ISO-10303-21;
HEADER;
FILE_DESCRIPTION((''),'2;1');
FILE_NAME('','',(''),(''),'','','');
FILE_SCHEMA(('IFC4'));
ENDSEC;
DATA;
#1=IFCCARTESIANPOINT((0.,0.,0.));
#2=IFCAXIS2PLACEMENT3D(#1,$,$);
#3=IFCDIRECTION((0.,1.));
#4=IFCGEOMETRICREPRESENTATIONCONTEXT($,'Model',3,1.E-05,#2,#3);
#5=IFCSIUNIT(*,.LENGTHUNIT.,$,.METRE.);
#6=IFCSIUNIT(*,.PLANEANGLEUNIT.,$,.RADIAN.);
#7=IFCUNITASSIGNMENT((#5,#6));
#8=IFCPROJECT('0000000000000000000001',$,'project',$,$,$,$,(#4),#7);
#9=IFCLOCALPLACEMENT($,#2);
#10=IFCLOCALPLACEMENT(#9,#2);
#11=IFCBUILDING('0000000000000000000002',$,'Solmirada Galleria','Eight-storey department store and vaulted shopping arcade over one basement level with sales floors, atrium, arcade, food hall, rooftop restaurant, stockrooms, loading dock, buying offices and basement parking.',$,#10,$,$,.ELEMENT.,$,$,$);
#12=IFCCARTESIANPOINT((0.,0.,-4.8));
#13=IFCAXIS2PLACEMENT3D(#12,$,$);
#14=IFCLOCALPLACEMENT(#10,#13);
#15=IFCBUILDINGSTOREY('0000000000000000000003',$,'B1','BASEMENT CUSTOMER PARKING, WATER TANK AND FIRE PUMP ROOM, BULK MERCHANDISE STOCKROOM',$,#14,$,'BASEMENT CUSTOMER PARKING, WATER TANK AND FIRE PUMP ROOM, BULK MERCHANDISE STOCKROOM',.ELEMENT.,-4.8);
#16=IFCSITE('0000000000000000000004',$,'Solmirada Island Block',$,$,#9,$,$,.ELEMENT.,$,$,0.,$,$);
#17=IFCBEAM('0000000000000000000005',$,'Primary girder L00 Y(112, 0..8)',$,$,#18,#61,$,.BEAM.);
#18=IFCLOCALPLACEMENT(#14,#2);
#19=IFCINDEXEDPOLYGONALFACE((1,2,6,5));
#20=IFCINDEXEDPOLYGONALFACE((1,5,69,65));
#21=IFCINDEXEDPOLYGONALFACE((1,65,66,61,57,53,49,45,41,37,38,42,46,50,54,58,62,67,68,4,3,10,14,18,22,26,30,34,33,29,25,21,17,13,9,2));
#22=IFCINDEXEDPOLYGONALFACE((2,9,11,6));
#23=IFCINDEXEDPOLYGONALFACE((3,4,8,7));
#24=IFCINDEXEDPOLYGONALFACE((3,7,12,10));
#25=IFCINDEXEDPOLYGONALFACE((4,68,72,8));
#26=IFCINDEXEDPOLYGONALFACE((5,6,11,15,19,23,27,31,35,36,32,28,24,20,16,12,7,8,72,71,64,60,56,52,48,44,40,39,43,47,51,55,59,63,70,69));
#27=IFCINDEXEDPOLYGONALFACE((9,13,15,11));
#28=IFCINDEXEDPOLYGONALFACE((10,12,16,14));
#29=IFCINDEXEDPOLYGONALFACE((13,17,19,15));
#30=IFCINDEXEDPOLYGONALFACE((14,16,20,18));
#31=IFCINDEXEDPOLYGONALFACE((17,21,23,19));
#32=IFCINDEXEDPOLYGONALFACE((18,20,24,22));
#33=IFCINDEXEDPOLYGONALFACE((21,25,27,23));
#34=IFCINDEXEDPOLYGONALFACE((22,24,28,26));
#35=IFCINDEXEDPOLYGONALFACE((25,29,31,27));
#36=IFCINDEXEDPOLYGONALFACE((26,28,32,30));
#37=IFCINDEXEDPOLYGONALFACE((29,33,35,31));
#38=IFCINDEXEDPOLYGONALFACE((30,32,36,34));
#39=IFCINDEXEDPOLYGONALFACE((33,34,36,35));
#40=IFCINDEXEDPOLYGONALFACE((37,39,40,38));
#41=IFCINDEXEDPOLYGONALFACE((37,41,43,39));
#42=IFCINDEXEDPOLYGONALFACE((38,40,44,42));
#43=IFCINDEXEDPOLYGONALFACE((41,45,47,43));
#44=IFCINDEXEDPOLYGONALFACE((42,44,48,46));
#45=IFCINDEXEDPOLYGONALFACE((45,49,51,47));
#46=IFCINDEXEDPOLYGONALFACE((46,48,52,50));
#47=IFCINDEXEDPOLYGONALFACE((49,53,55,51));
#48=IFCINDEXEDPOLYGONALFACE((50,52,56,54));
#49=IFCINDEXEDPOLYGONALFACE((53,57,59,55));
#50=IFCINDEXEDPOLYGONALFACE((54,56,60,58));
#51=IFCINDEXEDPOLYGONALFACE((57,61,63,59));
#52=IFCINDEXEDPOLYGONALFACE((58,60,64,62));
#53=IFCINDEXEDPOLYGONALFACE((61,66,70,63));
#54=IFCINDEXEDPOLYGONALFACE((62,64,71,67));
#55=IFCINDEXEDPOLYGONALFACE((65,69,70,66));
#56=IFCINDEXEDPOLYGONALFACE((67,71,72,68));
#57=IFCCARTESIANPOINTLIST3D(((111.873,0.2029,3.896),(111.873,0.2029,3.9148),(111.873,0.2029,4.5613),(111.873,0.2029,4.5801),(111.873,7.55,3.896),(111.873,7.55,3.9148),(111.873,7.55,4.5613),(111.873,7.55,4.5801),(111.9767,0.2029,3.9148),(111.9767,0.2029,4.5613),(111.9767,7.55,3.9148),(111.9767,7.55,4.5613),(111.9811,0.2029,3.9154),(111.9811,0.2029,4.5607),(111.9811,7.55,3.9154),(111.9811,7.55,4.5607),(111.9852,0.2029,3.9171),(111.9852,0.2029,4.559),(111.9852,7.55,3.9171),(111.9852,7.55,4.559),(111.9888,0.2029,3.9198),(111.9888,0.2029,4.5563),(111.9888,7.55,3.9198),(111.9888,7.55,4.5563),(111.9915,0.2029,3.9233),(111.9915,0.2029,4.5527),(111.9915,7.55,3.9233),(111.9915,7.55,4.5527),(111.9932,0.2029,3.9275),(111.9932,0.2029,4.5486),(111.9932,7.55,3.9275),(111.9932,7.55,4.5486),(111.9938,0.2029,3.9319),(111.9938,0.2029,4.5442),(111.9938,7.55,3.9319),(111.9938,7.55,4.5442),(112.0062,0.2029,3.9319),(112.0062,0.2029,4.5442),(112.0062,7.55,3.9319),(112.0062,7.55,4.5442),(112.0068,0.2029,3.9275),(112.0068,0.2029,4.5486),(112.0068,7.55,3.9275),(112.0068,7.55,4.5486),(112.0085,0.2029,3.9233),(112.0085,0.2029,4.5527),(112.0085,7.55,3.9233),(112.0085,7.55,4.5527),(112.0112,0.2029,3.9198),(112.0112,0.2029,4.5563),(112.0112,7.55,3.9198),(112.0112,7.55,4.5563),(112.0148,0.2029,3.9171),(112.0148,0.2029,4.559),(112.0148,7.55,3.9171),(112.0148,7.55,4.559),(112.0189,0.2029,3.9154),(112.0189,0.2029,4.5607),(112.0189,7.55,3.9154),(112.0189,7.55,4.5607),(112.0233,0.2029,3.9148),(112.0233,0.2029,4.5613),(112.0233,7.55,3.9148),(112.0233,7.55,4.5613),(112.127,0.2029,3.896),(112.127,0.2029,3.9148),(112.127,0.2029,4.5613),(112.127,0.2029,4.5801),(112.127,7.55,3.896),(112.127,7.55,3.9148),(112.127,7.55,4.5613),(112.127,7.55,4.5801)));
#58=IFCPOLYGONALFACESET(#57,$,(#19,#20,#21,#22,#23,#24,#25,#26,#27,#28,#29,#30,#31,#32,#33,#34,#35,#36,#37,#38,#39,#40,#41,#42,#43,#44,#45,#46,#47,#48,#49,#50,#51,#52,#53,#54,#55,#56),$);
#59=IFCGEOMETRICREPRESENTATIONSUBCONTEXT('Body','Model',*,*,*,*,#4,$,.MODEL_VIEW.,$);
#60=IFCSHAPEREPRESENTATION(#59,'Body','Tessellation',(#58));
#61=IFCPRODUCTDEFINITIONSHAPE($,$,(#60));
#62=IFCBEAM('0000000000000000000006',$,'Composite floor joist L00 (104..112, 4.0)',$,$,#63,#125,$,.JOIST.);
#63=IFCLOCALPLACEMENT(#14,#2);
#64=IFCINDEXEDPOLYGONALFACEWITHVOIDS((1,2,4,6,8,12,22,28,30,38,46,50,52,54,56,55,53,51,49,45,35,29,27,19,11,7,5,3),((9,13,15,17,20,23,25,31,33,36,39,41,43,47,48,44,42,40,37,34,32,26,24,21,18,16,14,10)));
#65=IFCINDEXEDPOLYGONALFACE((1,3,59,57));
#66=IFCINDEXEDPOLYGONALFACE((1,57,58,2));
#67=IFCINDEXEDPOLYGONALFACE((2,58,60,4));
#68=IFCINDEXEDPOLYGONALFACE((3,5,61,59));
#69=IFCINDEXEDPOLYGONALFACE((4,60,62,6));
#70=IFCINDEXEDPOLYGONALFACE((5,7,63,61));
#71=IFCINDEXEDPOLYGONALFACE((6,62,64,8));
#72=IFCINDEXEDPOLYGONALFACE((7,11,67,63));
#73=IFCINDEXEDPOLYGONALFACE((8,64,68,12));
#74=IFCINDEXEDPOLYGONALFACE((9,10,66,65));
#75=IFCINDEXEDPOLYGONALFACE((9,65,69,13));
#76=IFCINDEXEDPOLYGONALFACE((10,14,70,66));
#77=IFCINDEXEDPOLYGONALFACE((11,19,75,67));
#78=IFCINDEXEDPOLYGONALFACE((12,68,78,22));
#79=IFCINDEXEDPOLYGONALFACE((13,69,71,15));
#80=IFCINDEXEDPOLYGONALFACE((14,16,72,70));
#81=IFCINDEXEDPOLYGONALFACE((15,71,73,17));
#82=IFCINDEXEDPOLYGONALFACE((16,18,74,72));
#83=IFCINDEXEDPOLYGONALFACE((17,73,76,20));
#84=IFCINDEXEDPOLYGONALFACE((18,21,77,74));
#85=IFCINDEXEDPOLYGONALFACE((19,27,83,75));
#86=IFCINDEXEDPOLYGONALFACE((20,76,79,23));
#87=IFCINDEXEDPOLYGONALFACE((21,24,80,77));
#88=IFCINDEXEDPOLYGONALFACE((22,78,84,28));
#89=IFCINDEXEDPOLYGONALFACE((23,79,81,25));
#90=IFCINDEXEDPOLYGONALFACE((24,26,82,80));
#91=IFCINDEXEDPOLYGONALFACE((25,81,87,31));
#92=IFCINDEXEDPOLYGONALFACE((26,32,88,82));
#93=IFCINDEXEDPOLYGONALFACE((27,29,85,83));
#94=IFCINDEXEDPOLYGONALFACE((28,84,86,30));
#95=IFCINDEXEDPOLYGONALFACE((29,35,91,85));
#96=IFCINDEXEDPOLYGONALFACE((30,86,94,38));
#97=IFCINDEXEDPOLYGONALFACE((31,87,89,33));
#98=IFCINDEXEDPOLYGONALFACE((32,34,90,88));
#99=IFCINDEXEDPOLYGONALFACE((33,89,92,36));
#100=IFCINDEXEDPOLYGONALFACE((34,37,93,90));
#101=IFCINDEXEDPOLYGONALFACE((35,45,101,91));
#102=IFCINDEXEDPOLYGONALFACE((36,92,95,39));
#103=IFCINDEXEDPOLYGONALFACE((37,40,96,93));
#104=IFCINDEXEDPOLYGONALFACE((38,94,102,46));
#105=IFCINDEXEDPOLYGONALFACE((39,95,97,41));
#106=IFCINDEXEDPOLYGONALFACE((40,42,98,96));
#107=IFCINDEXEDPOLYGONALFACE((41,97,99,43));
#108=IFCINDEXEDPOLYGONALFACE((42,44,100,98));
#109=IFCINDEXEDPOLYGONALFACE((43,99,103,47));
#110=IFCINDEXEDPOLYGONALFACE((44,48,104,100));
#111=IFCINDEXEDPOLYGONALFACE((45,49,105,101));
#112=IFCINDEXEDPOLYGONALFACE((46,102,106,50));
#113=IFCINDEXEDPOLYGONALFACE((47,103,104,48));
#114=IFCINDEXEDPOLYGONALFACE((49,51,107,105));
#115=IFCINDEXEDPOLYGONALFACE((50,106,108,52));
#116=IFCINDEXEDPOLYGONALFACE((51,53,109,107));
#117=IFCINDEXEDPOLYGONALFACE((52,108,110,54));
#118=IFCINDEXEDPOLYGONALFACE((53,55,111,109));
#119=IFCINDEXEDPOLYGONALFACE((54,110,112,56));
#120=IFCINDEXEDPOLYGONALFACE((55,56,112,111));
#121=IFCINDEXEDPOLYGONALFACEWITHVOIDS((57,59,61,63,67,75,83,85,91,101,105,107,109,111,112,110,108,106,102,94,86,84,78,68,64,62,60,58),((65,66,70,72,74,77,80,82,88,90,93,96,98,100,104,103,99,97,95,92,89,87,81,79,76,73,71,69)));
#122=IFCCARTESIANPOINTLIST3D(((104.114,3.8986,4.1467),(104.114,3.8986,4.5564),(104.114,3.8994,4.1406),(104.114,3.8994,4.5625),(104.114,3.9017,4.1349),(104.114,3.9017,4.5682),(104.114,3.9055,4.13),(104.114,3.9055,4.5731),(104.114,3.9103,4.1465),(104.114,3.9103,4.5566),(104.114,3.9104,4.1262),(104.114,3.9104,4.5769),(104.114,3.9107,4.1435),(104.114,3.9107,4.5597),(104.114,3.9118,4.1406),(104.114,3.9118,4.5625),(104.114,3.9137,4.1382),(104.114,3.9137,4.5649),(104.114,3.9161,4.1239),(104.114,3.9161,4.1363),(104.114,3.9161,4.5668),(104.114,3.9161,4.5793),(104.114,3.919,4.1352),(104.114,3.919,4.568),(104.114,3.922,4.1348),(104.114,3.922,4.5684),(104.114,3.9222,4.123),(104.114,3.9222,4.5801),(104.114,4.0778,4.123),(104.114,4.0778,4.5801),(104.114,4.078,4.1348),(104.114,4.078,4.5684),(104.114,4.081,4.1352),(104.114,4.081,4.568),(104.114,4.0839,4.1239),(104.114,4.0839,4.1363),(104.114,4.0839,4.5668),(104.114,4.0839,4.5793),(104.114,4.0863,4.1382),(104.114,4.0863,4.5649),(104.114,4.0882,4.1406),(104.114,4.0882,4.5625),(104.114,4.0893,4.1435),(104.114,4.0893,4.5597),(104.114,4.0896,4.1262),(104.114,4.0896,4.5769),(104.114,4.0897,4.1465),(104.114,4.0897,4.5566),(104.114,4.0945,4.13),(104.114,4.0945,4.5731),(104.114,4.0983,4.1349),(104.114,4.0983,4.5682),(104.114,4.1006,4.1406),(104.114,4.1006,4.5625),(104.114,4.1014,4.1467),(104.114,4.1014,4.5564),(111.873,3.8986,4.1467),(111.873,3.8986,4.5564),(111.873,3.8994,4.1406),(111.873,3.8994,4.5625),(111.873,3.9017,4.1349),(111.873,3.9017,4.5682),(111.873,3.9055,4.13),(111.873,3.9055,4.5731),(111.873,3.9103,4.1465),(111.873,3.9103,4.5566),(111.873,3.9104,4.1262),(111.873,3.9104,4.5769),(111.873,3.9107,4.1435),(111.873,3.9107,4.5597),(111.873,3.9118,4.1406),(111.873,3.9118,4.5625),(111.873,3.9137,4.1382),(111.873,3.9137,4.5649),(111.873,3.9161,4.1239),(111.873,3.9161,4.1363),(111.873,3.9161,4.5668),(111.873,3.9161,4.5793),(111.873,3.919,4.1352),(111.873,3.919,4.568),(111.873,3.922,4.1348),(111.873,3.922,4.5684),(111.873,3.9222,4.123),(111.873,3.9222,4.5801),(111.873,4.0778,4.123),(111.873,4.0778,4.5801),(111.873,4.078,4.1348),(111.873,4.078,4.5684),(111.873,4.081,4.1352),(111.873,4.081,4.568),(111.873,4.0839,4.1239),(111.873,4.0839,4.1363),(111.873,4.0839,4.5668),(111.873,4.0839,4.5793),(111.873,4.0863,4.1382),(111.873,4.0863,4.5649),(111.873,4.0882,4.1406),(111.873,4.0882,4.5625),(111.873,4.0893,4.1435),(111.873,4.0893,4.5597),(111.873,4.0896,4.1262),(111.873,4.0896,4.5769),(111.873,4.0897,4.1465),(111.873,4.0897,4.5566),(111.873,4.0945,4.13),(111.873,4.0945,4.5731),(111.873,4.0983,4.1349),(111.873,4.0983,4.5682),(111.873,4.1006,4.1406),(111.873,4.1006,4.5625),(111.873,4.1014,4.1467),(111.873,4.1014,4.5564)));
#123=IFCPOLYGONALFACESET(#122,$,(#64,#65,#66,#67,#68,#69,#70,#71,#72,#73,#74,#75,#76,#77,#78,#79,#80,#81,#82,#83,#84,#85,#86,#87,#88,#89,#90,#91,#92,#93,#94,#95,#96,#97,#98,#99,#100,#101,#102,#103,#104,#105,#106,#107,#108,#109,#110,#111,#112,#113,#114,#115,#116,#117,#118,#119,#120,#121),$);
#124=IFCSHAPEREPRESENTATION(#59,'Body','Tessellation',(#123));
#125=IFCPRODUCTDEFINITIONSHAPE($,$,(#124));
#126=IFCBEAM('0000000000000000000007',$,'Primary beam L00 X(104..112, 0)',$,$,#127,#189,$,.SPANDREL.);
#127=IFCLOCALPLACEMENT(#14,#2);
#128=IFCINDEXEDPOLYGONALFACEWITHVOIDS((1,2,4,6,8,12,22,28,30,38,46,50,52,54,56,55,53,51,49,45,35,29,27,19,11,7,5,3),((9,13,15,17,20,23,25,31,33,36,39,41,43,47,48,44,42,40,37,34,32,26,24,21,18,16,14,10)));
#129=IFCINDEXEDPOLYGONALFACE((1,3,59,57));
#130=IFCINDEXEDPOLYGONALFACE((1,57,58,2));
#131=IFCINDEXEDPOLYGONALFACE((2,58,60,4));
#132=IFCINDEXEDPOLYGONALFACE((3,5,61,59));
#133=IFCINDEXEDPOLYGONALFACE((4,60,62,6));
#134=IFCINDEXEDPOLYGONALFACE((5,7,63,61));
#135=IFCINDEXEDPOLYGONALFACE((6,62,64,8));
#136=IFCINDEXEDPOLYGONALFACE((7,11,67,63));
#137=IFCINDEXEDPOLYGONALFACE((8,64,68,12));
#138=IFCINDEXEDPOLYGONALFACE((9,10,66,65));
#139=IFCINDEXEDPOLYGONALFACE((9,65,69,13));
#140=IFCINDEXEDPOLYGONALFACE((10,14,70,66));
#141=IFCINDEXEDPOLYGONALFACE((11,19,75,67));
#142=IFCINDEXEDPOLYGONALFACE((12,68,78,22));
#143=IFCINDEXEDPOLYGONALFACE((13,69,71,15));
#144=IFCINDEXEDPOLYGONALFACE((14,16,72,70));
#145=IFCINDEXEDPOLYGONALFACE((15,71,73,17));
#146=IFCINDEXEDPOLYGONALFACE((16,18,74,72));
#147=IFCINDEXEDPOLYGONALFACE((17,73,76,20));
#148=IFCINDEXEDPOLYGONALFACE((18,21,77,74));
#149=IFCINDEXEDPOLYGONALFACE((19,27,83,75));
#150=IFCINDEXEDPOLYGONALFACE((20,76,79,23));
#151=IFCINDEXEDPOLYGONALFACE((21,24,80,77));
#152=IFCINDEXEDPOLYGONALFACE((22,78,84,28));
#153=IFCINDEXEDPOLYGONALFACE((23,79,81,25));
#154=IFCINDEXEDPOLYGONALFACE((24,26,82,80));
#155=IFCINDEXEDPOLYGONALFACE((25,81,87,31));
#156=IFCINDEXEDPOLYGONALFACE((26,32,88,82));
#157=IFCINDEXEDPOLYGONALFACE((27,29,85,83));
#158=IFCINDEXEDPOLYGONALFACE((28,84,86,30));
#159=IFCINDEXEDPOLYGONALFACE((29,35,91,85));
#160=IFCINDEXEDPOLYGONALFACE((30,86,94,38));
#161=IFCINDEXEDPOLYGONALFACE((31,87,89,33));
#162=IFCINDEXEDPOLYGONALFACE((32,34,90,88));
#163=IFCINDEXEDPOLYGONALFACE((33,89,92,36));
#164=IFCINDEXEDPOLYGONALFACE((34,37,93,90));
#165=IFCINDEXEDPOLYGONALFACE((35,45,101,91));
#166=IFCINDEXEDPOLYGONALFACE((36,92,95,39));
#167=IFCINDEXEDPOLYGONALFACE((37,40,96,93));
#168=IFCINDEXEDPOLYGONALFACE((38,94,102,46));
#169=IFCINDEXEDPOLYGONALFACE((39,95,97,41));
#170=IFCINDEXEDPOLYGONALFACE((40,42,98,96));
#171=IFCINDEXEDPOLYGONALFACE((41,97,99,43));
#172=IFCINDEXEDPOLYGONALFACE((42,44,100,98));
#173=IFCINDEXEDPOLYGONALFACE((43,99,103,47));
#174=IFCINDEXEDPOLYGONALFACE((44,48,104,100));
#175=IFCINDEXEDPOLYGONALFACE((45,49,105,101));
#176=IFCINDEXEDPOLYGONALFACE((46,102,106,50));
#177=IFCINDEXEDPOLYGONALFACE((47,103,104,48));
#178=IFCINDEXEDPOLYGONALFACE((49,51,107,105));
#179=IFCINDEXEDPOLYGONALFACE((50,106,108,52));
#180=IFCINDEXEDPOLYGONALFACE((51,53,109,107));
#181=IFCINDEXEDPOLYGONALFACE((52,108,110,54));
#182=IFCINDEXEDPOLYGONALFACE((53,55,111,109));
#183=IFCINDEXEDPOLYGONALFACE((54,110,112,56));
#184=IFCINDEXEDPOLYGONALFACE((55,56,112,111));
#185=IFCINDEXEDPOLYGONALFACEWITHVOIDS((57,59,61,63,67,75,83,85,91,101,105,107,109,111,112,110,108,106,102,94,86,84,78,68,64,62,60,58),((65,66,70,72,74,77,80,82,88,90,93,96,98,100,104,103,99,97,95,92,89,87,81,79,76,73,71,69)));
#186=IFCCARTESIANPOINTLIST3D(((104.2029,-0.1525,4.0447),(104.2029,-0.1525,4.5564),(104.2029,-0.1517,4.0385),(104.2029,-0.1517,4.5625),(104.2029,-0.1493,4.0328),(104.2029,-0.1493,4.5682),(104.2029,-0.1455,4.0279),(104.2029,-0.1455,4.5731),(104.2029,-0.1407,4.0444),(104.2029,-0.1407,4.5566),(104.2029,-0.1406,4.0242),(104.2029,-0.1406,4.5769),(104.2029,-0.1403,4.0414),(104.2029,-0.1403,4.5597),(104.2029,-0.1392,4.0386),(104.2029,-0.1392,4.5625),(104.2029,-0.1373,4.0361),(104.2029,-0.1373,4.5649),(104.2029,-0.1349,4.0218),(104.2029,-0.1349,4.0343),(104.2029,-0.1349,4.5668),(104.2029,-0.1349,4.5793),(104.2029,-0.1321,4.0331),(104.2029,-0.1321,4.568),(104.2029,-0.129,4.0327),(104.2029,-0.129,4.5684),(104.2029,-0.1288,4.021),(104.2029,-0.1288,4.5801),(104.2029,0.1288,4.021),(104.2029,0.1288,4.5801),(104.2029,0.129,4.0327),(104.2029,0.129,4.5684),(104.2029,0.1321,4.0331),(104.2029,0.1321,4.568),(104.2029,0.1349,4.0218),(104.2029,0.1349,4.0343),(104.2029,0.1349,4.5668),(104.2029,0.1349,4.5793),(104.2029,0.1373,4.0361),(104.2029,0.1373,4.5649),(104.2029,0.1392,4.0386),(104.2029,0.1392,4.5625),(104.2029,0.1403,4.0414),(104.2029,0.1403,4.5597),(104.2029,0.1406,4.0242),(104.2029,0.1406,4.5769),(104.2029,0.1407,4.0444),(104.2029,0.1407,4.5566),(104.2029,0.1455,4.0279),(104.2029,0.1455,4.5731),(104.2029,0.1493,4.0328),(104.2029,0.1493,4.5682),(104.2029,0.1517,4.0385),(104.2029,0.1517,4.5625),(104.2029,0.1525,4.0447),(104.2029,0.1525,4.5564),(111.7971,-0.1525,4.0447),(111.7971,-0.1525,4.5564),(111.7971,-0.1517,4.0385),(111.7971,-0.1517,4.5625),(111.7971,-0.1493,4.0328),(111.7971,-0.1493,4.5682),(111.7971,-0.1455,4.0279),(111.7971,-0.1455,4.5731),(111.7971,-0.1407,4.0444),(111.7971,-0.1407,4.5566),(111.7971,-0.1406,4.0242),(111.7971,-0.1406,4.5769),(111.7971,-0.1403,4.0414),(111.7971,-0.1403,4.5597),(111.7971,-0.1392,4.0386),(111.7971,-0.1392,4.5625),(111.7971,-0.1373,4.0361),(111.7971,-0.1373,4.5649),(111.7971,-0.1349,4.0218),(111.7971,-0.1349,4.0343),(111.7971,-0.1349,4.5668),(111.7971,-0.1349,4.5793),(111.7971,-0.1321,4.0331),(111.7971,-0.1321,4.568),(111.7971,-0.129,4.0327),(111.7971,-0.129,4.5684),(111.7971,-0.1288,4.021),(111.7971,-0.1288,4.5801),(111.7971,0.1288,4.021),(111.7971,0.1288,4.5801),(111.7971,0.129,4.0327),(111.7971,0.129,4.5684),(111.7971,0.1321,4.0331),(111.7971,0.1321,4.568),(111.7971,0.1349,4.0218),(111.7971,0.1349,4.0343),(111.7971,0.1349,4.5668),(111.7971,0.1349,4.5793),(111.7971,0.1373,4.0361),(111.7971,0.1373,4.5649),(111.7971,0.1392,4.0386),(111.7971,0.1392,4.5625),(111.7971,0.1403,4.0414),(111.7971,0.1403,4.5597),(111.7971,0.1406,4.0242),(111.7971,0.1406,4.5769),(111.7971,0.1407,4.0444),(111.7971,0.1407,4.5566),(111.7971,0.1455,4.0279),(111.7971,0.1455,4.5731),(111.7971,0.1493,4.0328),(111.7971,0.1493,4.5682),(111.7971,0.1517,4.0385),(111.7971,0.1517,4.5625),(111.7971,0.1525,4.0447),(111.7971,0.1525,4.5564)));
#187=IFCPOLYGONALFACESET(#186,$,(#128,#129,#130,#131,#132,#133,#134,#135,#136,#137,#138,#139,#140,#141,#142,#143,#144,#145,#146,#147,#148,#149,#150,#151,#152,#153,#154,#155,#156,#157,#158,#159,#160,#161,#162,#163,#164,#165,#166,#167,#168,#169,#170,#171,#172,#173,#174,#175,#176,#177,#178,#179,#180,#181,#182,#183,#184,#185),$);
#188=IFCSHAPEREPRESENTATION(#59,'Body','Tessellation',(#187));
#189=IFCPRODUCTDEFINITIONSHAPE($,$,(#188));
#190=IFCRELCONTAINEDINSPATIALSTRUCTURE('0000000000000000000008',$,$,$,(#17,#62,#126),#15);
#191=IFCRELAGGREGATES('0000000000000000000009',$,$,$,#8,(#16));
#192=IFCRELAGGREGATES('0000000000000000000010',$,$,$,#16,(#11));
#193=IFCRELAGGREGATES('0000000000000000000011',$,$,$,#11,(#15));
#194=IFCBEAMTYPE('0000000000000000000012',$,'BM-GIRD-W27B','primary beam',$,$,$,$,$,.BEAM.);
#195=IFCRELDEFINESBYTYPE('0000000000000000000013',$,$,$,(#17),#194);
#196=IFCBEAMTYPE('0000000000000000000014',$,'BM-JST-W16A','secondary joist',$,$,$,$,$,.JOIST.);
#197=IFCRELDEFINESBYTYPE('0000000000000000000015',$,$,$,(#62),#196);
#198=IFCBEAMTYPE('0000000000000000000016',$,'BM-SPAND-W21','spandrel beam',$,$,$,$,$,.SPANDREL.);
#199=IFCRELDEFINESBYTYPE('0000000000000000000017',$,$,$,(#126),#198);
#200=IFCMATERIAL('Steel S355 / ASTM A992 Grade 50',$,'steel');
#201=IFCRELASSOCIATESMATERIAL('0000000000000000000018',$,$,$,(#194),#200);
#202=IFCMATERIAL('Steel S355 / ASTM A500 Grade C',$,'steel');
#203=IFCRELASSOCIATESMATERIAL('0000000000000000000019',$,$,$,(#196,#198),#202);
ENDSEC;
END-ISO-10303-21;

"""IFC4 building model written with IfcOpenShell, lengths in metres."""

from ifc_helpers import new_model, si_unit, direction, frame, origin, origin_2d, place, context, subcontext, project, spatial, hollow_rectangle, i_section, extrude, material, material_profile, profile_set, type_object, element, save


model = new_model("IFC4")

# Units and contexts
model_context = context("Model", 3, precision=1e-05, world=origin(), true_north=direction((0.0, 1.0)))
body_context = subcontext(model_context, "Body", "Model", "MODEL_VIEW")
ifc_project = project(units=[si_unit("LENGTHUNIT", "METRE"), si_unit("PLANEANGLEUNIT", "RADIAN")], contexts=[model_context])

# Site, building, storey
site_placement = place(None, origin())
site = spatial("IfcSite", under=ifc_project, at=site_placement, Name="Solmirada Island Block", CompositionType="ELEMENT", RefElevation=0.0)
building_placement = place(site_placement, origin())
building = spatial("IfcBuilding", under=site, at=building_placement, Name="Solmirada Galleria", Description="Eight-storey department store and vaulted shopping arcade over one basement level with sales floors, atrium, arcade, food hall, rooftop restaurant, stockrooms, loading dock, buying offices and basement parking.", CompositionType="ELEMENT")
storey_placement = place(building_placement, frame((0.0, 0.0, -4.8)))
storey = spatial("IfcBuildingStorey", under=building, at=storey_placement, Name="B1", Description="BASEMENT CUSTOMER PARKING, WATER TANK AND FIRE PUMP ROOM, BULK MERCHANDISE STOCKROOM", LongName="BASEMENT CUSTOMER PARKING, WATER TANK AND FIRE PUMP ROOM, BULK MERCHANDISE STOCKROOM", CompositionType="ELEMENT", Elevation=-4.8)

# Shared definitions
ifc_material_1 = material(Name="Steel S355 / ASTM A500 Grade C", Category="steel")

# Beams
ifc_material_2 = material(Name="Steel S355 / ASTM A992 Grade 50", Category="steel")
ifc_material_profile_1 = material_profile(ifc_material_2, i_section(OverallWidth=0.2539, OverallDepth=0.6841, WebThickness=0.0125, FlangeThickness=0.0188, FilletRadius=0.0171, at=origin_2d()), Name="W27X94")
ifc_profile_set_1 = profile_set([ifc_material_profile_1], Name="Steel S355 / ASTM A992 Grade 50")
beam_type_1 = type_object("IfcBeamType", Name="BM-GIRD-W27B", Description="primary beam", PredefinedType="BEAM", material=ifc_profile_set_1)
beam_1_placement = place(storey_placement, frame((112.0, 0.2029, 4.238), z_axis=(0.0, 1.0, 0.0), x_axis=(-1.0, 0.0, 0.0)))
element("IfcBeam", 1, at=beam_1_placement, inside=storey, type_object=beam_type_1, Name="Primary girder L00 Y(112, 0..8)", PredefinedType="BEAM", context=body_context, shape_type="SweptSolid", body=[
    extrude(i_section(OverallWidth=0.2539, OverallDepth=0.6841, WebThickness=0.0125, FlangeThickness=0.0188, FilletRadius=0.0171, at=origin_2d()), origin(), (0.0, 0.0, 1.0), 7.3472),
])
ifc_material_profile_2 = material_profile(ifc_material_1, hollow_rectangle(XDim=0.2029, YDim=0.457, WallThickness=0.0117, InnerFilletRadius=0.0117, OuterFilletRadius=0.0237, at=origin_2d()), Name="HSS18X8X1/2")
ifc_profile_set_2 = profile_set([ifc_material_profile_2], Name="Steel S355 / ASTM A500 Grade C")
beam_type_2 = type_object("IfcBeamType", Name="BM-JST-W16A", Description="secondary joist", PredefinedType="JOIST", material=ifc_profile_set_2)
beam_2_placement = place(storey_placement, frame((104.114, 4.0, 4.3516), z_axis=(1.0, 0.0, 0.0), x_axis=(0.0, 1.0, 0.0)))
element("IfcBeam", 2, at=beam_2_placement, inside=storey, type_object=beam_type_2, Name="Composite floor joist L00 (104..112, 4.0)", PredefinedType="JOIST", context=body_context, shape_type="SweptSolid", body=[
    extrude(hollow_rectangle(XDim=0.2029, YDim=0.457, WallThickness=0.0117, InnerFilletRadius=0.0117, OuterFilletRadius=0.0237, at=origin_2d()), origin(), (0.0, 0.0, 1.0), 7.759),
])
ifc_material_profile_3 = material_profile(ifc_material_1, hollow_rectangle(XDim=0.3049, YDim=0.5591, WallThickness=0.0117, InnerFilletRadius=0.0117, OuterFilletRadius=0.0237, at=origin_2d()), Name="HSS22X12X1/2")
ifc_profile_set_3 = profile_set([ifc_material_profile_3], Name="Steel S355 / ASTM A500 Grade C")
beam_type_3 = type_object("IfcBeamType", Name="BM-SPAND-W21", Description="spandrel beam", PredefinedType="SPANDREL", material=ifc_profile_set_3)
for number, where, z_axis, x_axis, name in (
    (3, (104.2029, 0.0, 4.3005), (1.0, 0.0, 0.0), (0.0, 1.0, 0.0), "Primary beam L00 X(104..112, 0)"),
):
    element("IfcBeam", number, at=place(storey_placement, frame(where, z_axis=z_axis, x_axis=x_axis)), inside=storey, type_object=beam_type_3, Name=name, PredefinedType="SPANDREL", context=body_context, shape_type="SweptSolid", body=[
        extrude(hollow_rectangle(XDim=0.3049, YDim=0.5591, WallThickness=0.0117, InnerFilletRadius=0.0117, OuterFilletRadius=0.0237, at=origin_2d()), origin(), (0.0, 0.0, 1.0), 7.5942),
    ])

save(model, "model.ifc")
